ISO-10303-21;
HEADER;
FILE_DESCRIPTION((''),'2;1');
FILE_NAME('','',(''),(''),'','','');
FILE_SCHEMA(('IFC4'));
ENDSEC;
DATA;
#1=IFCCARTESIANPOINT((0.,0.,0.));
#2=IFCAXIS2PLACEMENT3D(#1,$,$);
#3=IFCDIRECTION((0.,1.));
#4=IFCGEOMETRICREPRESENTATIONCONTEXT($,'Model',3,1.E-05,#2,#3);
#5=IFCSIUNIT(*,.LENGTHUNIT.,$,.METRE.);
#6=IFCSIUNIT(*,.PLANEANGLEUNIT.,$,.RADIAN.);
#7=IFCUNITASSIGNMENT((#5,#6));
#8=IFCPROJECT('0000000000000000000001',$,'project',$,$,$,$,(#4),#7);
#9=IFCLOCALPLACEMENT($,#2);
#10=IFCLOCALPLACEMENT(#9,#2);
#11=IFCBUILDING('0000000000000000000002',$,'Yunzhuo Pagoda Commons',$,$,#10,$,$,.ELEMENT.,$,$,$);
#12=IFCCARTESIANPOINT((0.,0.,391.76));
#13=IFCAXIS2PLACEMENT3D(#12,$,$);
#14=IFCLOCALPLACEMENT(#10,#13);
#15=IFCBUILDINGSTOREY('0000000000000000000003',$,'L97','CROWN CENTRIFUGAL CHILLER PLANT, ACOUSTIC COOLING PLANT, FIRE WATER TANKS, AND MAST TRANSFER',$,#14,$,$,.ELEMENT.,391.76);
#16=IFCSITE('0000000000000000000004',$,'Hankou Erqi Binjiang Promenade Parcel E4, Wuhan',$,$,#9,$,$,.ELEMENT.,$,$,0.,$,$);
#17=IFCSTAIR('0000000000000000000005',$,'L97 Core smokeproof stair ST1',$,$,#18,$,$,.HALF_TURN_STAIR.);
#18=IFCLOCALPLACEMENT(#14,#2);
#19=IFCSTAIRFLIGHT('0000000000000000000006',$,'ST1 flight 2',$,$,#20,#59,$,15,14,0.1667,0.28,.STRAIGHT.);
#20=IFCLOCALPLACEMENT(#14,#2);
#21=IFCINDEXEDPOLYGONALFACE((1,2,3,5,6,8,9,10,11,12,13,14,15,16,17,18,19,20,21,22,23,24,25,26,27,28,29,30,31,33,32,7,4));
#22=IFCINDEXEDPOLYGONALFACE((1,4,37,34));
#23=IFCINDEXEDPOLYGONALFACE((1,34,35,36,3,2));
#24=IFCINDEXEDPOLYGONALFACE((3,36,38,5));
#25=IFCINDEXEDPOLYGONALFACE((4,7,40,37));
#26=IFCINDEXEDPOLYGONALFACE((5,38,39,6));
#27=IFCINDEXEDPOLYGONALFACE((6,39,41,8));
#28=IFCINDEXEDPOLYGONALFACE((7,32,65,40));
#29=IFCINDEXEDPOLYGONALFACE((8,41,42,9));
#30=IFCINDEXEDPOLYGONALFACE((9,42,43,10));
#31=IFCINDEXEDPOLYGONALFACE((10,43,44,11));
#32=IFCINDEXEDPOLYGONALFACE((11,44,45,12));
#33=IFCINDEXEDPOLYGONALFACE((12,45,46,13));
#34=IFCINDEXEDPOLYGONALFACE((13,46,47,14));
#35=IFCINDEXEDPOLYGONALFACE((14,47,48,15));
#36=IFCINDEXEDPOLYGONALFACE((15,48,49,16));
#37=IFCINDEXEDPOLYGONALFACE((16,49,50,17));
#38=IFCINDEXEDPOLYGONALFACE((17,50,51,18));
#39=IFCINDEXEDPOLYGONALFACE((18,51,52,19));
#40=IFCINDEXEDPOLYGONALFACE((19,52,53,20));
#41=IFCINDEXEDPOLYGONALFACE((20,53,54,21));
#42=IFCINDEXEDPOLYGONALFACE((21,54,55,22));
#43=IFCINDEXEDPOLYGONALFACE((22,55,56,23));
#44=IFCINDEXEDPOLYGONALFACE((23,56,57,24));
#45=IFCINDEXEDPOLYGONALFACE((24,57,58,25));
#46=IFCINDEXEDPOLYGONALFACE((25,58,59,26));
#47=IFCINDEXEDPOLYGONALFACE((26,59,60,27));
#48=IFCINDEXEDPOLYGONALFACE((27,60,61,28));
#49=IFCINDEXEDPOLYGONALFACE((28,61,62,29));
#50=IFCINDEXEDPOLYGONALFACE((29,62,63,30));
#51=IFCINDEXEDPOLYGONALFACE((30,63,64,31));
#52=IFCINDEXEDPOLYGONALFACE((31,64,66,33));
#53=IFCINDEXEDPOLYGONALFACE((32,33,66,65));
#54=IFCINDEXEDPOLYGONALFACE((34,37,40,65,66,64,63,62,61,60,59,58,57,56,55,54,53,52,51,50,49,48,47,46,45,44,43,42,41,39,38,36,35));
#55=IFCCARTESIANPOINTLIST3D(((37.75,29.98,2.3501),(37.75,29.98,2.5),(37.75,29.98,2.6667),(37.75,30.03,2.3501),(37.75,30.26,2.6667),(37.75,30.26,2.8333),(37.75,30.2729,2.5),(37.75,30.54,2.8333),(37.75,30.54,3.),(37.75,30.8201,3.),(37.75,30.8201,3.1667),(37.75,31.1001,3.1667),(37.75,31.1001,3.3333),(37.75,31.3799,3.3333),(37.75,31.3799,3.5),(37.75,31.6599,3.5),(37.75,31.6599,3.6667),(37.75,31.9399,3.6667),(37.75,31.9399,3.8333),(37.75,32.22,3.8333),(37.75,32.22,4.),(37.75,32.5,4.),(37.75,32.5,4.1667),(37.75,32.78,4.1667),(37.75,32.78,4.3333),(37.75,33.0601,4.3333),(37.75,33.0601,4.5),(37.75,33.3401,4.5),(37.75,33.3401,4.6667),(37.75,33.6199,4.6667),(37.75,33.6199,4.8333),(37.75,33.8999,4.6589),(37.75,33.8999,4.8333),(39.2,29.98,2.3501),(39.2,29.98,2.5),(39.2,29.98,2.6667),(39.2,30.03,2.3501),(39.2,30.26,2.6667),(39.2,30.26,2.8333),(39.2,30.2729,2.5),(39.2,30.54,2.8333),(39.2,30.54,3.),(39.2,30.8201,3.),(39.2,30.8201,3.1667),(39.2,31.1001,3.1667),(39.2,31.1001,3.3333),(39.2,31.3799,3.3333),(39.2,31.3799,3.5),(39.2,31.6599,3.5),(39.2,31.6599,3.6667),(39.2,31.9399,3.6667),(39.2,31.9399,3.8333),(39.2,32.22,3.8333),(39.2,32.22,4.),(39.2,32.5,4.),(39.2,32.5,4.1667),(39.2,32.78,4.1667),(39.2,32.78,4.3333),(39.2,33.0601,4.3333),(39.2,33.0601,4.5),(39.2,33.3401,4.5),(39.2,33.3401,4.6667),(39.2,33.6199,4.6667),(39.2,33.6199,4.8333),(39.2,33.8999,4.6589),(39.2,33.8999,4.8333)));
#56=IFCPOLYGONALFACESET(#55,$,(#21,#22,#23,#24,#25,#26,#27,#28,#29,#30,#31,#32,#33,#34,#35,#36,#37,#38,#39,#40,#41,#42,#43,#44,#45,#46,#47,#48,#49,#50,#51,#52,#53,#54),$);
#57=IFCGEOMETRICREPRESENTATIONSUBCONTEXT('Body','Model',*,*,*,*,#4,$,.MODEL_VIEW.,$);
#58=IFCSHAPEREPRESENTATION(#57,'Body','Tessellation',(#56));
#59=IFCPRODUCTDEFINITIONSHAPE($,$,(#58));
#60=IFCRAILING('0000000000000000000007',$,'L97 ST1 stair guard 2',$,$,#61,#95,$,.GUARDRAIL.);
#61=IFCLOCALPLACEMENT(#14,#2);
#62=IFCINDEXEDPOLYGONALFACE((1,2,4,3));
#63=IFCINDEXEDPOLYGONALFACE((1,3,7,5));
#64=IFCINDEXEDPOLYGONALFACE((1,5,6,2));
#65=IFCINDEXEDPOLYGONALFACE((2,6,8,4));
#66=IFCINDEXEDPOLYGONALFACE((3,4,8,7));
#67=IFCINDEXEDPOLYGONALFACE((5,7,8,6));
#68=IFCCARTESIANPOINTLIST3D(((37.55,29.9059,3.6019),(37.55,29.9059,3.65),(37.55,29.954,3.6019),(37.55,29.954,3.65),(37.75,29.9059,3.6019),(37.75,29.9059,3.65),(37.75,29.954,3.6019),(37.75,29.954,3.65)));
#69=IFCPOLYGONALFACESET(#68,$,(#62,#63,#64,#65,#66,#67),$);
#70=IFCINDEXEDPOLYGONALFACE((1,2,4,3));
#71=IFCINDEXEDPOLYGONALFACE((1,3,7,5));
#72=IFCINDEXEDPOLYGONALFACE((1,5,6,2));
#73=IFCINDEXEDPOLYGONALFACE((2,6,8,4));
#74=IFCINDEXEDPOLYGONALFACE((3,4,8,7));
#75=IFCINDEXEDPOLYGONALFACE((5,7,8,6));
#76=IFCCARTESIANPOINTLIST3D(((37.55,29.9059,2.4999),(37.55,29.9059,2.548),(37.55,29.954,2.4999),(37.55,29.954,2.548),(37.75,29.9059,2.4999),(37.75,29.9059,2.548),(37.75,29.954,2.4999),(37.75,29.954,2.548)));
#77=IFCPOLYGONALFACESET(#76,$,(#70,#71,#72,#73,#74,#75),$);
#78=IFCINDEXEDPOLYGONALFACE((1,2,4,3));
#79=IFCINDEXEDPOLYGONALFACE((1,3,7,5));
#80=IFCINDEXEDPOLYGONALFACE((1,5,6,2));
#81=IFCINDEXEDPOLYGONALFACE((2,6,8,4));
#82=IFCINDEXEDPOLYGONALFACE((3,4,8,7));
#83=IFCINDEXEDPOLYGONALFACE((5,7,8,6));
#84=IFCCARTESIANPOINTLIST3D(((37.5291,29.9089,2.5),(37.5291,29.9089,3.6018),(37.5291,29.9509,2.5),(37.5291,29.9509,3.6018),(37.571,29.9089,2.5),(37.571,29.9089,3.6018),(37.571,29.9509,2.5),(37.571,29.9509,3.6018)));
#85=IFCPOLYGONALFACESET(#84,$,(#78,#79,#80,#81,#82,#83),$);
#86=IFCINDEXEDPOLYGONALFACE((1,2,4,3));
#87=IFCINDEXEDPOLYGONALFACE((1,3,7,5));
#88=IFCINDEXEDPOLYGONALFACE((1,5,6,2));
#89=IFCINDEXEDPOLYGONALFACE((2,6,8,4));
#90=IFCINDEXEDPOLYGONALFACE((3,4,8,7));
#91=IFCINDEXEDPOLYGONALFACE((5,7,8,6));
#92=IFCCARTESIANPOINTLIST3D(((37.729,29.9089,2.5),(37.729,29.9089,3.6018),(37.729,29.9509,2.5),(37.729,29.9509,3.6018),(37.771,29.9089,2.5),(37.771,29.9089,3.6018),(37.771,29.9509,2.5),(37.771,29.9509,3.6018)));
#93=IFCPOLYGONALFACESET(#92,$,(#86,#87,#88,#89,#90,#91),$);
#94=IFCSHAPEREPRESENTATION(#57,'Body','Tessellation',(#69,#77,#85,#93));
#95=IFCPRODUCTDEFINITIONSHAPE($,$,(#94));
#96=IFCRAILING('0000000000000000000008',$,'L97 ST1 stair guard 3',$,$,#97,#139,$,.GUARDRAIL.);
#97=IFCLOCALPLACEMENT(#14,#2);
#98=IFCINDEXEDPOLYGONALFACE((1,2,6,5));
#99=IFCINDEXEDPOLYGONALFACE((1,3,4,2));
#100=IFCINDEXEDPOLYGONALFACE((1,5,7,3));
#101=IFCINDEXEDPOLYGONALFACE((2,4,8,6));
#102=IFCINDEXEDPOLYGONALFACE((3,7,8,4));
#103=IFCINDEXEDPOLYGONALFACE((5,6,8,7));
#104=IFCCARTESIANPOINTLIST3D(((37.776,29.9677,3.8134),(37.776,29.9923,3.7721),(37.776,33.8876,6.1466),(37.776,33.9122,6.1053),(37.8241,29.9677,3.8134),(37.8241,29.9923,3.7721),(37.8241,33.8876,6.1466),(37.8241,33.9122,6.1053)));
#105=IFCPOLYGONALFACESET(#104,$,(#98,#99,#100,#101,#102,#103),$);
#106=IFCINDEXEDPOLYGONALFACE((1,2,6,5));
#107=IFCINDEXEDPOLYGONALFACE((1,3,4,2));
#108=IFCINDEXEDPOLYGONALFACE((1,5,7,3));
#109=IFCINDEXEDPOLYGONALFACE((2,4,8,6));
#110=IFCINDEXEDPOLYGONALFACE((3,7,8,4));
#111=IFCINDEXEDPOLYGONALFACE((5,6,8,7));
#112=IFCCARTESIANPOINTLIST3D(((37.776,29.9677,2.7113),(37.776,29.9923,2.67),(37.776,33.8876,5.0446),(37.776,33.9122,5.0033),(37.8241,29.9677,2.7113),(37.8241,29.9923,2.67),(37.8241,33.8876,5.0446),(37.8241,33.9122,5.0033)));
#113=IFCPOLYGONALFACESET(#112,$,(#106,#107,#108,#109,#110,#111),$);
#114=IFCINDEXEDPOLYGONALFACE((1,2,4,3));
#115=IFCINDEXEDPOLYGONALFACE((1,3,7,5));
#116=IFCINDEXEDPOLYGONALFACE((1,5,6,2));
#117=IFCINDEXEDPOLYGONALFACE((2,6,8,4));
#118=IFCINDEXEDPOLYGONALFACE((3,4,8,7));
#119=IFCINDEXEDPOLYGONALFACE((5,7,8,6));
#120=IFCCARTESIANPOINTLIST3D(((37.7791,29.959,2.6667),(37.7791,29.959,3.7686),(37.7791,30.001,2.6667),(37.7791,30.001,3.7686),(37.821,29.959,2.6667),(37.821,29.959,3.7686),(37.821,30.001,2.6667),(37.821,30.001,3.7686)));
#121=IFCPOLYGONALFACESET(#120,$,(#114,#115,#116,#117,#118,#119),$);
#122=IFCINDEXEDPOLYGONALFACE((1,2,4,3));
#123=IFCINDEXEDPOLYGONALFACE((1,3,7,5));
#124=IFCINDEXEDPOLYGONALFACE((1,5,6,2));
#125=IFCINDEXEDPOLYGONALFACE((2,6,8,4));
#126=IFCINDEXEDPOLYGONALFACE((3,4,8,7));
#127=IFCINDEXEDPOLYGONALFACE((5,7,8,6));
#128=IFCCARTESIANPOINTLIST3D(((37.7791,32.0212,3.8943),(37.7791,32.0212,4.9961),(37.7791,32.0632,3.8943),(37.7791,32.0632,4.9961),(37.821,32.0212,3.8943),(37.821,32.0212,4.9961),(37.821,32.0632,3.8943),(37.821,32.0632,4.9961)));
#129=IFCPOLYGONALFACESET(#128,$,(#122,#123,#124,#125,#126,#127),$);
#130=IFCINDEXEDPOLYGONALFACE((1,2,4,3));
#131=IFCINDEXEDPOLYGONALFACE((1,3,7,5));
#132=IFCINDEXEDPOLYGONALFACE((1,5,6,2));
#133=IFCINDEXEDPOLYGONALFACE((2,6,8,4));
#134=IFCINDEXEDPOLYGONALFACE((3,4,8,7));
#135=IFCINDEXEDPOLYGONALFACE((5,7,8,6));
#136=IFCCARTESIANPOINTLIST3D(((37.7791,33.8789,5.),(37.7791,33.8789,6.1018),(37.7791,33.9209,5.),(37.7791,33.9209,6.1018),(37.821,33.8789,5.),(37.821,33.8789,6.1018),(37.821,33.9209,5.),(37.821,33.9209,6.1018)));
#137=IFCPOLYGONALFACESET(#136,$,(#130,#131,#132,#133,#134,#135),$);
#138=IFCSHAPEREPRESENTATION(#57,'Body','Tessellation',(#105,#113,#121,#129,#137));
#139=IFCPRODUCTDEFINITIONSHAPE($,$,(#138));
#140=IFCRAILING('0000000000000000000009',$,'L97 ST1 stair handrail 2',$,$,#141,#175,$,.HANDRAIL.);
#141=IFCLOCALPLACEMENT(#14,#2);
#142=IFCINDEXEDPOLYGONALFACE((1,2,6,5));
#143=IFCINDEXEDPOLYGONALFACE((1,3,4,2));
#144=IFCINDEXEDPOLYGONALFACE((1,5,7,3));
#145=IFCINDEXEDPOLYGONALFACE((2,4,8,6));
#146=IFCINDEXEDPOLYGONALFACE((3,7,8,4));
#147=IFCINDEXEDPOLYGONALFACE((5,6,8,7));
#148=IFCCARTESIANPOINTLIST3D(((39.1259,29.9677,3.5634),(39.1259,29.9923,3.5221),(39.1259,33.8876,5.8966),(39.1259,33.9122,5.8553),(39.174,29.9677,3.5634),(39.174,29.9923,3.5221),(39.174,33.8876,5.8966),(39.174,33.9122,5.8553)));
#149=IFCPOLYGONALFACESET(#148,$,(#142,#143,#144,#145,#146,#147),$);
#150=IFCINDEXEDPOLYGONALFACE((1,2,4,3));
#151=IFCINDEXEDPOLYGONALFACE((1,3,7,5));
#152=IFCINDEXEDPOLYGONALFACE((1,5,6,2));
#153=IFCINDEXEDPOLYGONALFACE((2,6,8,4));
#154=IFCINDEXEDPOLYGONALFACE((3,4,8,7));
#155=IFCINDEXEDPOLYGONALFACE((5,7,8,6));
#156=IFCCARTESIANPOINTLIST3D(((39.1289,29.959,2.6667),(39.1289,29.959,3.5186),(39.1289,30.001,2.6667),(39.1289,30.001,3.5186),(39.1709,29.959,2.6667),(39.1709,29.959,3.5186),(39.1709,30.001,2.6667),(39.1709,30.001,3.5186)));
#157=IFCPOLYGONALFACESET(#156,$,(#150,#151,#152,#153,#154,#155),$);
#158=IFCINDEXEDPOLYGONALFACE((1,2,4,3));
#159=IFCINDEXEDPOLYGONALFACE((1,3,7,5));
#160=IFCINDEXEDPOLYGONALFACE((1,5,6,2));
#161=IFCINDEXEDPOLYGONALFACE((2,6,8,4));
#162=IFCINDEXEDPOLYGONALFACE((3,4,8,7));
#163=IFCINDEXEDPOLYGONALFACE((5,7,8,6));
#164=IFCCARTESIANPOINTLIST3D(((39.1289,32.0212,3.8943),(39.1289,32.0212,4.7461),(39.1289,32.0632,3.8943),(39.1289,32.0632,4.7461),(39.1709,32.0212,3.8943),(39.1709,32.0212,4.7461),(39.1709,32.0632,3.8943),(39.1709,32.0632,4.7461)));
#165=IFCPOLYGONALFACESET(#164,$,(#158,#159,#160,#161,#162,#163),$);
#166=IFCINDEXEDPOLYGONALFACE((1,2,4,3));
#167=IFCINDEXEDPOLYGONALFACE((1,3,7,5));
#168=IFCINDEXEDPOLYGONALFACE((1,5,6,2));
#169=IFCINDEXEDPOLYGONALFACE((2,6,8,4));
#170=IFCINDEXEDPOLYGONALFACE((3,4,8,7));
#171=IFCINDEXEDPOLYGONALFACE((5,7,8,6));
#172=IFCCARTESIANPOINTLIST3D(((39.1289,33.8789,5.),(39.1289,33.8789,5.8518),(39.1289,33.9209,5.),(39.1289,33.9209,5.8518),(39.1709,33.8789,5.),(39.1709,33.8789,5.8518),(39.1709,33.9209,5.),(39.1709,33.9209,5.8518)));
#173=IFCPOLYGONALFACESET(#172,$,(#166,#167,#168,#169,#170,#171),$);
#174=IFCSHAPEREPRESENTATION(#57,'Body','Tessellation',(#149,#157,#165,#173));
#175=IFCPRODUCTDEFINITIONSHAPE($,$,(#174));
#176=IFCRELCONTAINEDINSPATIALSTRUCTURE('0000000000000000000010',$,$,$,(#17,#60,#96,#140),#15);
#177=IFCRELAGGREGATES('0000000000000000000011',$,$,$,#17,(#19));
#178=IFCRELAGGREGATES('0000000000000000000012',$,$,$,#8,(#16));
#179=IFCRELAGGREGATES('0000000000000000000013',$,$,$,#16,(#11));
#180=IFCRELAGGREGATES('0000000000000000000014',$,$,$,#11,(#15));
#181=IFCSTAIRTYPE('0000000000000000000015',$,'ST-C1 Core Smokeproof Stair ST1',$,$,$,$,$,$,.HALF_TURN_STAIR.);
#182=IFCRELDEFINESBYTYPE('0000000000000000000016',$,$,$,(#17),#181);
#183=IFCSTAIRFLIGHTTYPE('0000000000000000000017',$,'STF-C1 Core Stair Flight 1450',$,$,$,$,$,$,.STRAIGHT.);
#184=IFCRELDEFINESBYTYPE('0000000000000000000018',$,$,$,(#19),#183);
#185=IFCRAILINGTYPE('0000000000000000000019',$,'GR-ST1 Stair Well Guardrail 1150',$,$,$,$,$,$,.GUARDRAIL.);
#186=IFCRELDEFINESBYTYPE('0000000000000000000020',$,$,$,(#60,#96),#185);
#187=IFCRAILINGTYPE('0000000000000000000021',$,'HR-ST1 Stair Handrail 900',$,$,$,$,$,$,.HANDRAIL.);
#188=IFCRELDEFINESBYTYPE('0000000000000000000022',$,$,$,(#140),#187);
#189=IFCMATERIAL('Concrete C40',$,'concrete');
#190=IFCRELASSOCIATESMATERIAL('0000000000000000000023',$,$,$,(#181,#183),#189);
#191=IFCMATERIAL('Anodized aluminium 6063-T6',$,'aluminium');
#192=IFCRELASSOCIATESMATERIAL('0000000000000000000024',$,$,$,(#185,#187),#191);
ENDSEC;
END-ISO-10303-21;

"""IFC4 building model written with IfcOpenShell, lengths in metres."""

from ifc_helpers import new_model, si_unit, direction, frame, origin, origin_2d, place, context, subcontext, project, spatial, polyline, rectangle, outline, extrude, source, transform, mapped, material, type_object, element, aggregate, save


model = new_model("IFC4")

# Units and contexts
model_context = context("Model", 3, precision=1e-05, world=origin(), true_north=direction((0.0, 1.0)))
body_context = subcontext(model_context, "Body", "Model", "MODEL_VIEW")
ifc_project = project(units=[si_unit("LENGTHUNIT", "METRE"), si_unit("PLANEANGLEUNIT", "RADIAN")], contexts=[model_context])

# Site, building, storey
site_placement = place(None, origin())
site = spatial("IfcSite", under=ifc_project, at=site_placement, Name="Hankou Erqi Binjiang Promenade Parcel E4, Wuhan", CompositionType="ELEMENT", RefElevation=0.0)
building_placement = place(site_placement, origin())
building = spatial("IfcBuilding", under=site, at=building_placement, Name="Yunzhuo Pagoda Commons", CompositionType="ELEMENT")
storey_placement = place(building_placement, frame((0.0, 0.0, 391.76)))
storey = spatial("IfcBuildingStorey", under=building, at=storey_placement, Name="L97", Description="CROWN CENTRIFUGAL CHILLER PLANT, ACOUSTIC COOLING PLANT, FIRE WATER TANKS, AND MAST TRANSFER", CompositionType="ELEMENT", Elevation=391.76)

# Shared definitions
ifc_material_1 = material(Name="Anodized aluminium 6063-T6", Category="aluminium")

# Stair, stair flight
ifc_material_2 = material(Name="Concrete C40", Category="concrete")
stair_type = type_object("IfcStairType", Name="ST-C1 Core Smokeproof Stair ST1", PredefinedType="HALF_TURN_STAIR", material=ifc_material_2)
stair_placement = place(storey_placement, origin())
stair = element("IfcStair", 1, at=stair_placement, inside=storey, type_object=stair_type, Name="L97 Core smokeproof stair ST1", PredefinedType="HALF_TURN_STAIR")
stair_flight_type = type_object("IfcStairFlightType", Name="STF-C1 Core Stair Flight 1450", PredefinedType="STRAIGHT", material=ifc_material_2)
shared_shape_1 = source(origin(), body_context, "Body", "SweptSolid", [
    extrude(outline(polyline([(0.0, -0.1499), (0.0, 0.0), (0.0, 0.1667), (0.28, 0.1667), (0.28, 0.3333), (0.5601, 0.3333), (0.5601, 0.5), (0.8401, 0.5), (0.8401, 0.6667), (1.1201, 0.6667), (1.1201, 0.8333), (1.3999, 0.8333), (1.3999, 1.0), (1.6799, 1.0), (1.6799, 1.1667), (1.96, 1.1667), (1.96, 1.3333), (2.24, 1.3333), (2.24, 1.5), (2.52, 1.5), (2.52, 1.6667), (2.8, 1.6667), (2.8, 1.8333), (3.0801, 1.8333), (3.0801, 2.0), (3.3601, 2.0), (3.3601, 2.1667), (3.6399, 2.1667), (3.6399, 2.3333), (3.9199, 2.3333), (3.9199, 2.5), (3.9199, 2.1589), (0.293, 0.0), (0.05, -0.1499), (0.0, -0.1499)])), frame((0.0, 0.7251, 0.0), z_axis=(0.0, -1.0, 0.0), x_axis=(1.0, 0.0, 0.0)), (0.0, 0.0, 1.0), 1.45),
])
stair_flight_placement = place(storey_placement, frame((38.4751, 29.98, 2.5), z_axis=(0.0, 0.0, 1.0), x_axis=(0.0, 1.0, 0.0)))
stair_flight = element("IfcStairFlight", 2, at=stair_flight_placement, type_object=stair_flight_type, Name="ST1 flight 2", NumberOfRisers=15, NumberOfTreads=14, PredefinedType="STRAIGHT", RiserHeight=0.1667, TreadLength=0.28, context=body_context, shape_type="MappedRepresentation", body=[
    mapped(shared_shape_1, transform((0.0, 0.0, 0.0), scale=1.0)),
])
aggregate(stair, [stair_flight])

# Railings
railing_type_1 = type_object("IfcRailingType", Name="GR-ST1 Stair Well Guardrail 1150", PredefinedType="GUARDRAIL", material=ifc_material_1)
railing_1_placement = place(storey_placement, frame((37.55, 29.9299, 2.5)))
element("IfcRailing", 3, at=railing_1_placement, inside=storey, type_object=railing_type_1, Name="L97 ST1 stair guard 2", PredefinedType="GUARDRAIL", context=body_context, shape_type="SweptSolid", body=[
    extrude(rectangle(XDim=0.0481, YDim=0.0481, at=origin_2d()), frame((0.0, 0.0, 1.126), z_axis=(1.0, 0.0, 0.0), x_axis=(0.0, 1.0, 0.0)), (0.0, 0.0, 1.0), 0.2),
    extrude(rectangle(XDim=0.0481, YDim=0.0481, at=origin_2d()), frame((0.0, 0.0, 0.0239), z_axis=(1.0, 0.0, 0.0), x_axis=(0.0, 1.0, 0.0)), (0.0, 0.0, 1.0), 0.2),
    extrude(rectangle(XDim=0.042, YDim=0.042, at=origin_2d()), origin(), (0.0, 0.0, 1.0), 1.1018),
    extrude(rectangle(XDim=0.042, YDim=0.042, at=origin_2d()), frame((0.2, 0.0, 0.0)), (0.0, 0.0, 1.0), 1.1018),
])
railing_2_placement = place(storey_placement, frame((37.8, 29.98, 2.6667)))
element("IfcRailing", 4, at=railing_2_placement, inside=storey, type_object=railing_type_1, Name="L97 ST1 stair guard 3", PredefinedType="GUARDRAIL", context=body_context, shape_type="SweptSolid", body=[
    extrude(rectangle(XDim=0.0481, YDim=0.0481, at=origin_2d()), frame((0.0, 0.0, 1.126), z_axis=(0.0, 0.859296, 0.511478), x_axis=(-1.0, 0.0, 0.0)), (0.0, 0.0, 1.0), 4.5618),
    extrude(rectangle(XDim=0.0481, YDim=0.0481, at=origin_2d()), frame((0.0, 0.0, 0.0239), z_axis=(0.0, 0.859296, 0.511478), x_axis=(-1.0, 0.0, 0.0)), (0.0, 0.0, 1.0), 4.5618),
    extrude(rectangle(XDim=0.042, YDim=0.042, at=origin_2d()), origin(), (0.0, 0.0, 1.0), 1.1018),
    extrude(rectangle(XDim=0.042, YDim=0.042, at=origin_2d()), frame((0.0, 2.0623, 1.2275)), (0.0, 0.0, 1.0), 1.1018),
    extrude(rectangle(XDim=0.042, YDim=0.042, at=origin_2d()), frame((0.0, 3.9199, 2.3333)), (0.0, 0.0, 1.0), 1.1018),
])
railing_type_2 = type_object("IfcRailingType", Name="HR-ST1 Stair Handrail 900", PredefinedType="HANDRAIL", material=ifc_material_1)
railing_3_placement = place(storey_placement, frame((39.1499, 29.98, 2.6667)))
element("IfcRailing", 5, at=railing_3_placement, inside=storey, type_object=railing_type_2, Name="L97 ST1 stair handrail 2", PredefinedType="HANDRAIL", context=body_context, shape_type="SweptSolid", body=[
    extrude(rectangle(XDim=0.0481, YDim=0.0481, at=origin_2d()), frame((0.0, 0.0, 0.876), z_axis=(0.0, 0.859296, 0.511478), x_axis=(-1.0, 0.0, 0.0)), (0.0, 0.0, 1.0), 4.5618),
    extrude(rectangle(XDim=0.042, YDim=0.042, at=origin_2d()), origin(), (0.0, 0.0, 1.0), 0.8518),
    extrude(rectangle(XDim=0.042, YDim=0.042, at=origin_2d()), frame((0.0, 2.0623, 1.2275)), (0.0, 0.0, 1.0), 0.8518),
    extrude(rectangle(XDim=0.042, YDim=0.042, at=origin_2d()), frame((0.0, 3.9199, 2.3333)), (0.0, 0.0, 1.0), 0.8518),
])

save(model, "model.ifc")
